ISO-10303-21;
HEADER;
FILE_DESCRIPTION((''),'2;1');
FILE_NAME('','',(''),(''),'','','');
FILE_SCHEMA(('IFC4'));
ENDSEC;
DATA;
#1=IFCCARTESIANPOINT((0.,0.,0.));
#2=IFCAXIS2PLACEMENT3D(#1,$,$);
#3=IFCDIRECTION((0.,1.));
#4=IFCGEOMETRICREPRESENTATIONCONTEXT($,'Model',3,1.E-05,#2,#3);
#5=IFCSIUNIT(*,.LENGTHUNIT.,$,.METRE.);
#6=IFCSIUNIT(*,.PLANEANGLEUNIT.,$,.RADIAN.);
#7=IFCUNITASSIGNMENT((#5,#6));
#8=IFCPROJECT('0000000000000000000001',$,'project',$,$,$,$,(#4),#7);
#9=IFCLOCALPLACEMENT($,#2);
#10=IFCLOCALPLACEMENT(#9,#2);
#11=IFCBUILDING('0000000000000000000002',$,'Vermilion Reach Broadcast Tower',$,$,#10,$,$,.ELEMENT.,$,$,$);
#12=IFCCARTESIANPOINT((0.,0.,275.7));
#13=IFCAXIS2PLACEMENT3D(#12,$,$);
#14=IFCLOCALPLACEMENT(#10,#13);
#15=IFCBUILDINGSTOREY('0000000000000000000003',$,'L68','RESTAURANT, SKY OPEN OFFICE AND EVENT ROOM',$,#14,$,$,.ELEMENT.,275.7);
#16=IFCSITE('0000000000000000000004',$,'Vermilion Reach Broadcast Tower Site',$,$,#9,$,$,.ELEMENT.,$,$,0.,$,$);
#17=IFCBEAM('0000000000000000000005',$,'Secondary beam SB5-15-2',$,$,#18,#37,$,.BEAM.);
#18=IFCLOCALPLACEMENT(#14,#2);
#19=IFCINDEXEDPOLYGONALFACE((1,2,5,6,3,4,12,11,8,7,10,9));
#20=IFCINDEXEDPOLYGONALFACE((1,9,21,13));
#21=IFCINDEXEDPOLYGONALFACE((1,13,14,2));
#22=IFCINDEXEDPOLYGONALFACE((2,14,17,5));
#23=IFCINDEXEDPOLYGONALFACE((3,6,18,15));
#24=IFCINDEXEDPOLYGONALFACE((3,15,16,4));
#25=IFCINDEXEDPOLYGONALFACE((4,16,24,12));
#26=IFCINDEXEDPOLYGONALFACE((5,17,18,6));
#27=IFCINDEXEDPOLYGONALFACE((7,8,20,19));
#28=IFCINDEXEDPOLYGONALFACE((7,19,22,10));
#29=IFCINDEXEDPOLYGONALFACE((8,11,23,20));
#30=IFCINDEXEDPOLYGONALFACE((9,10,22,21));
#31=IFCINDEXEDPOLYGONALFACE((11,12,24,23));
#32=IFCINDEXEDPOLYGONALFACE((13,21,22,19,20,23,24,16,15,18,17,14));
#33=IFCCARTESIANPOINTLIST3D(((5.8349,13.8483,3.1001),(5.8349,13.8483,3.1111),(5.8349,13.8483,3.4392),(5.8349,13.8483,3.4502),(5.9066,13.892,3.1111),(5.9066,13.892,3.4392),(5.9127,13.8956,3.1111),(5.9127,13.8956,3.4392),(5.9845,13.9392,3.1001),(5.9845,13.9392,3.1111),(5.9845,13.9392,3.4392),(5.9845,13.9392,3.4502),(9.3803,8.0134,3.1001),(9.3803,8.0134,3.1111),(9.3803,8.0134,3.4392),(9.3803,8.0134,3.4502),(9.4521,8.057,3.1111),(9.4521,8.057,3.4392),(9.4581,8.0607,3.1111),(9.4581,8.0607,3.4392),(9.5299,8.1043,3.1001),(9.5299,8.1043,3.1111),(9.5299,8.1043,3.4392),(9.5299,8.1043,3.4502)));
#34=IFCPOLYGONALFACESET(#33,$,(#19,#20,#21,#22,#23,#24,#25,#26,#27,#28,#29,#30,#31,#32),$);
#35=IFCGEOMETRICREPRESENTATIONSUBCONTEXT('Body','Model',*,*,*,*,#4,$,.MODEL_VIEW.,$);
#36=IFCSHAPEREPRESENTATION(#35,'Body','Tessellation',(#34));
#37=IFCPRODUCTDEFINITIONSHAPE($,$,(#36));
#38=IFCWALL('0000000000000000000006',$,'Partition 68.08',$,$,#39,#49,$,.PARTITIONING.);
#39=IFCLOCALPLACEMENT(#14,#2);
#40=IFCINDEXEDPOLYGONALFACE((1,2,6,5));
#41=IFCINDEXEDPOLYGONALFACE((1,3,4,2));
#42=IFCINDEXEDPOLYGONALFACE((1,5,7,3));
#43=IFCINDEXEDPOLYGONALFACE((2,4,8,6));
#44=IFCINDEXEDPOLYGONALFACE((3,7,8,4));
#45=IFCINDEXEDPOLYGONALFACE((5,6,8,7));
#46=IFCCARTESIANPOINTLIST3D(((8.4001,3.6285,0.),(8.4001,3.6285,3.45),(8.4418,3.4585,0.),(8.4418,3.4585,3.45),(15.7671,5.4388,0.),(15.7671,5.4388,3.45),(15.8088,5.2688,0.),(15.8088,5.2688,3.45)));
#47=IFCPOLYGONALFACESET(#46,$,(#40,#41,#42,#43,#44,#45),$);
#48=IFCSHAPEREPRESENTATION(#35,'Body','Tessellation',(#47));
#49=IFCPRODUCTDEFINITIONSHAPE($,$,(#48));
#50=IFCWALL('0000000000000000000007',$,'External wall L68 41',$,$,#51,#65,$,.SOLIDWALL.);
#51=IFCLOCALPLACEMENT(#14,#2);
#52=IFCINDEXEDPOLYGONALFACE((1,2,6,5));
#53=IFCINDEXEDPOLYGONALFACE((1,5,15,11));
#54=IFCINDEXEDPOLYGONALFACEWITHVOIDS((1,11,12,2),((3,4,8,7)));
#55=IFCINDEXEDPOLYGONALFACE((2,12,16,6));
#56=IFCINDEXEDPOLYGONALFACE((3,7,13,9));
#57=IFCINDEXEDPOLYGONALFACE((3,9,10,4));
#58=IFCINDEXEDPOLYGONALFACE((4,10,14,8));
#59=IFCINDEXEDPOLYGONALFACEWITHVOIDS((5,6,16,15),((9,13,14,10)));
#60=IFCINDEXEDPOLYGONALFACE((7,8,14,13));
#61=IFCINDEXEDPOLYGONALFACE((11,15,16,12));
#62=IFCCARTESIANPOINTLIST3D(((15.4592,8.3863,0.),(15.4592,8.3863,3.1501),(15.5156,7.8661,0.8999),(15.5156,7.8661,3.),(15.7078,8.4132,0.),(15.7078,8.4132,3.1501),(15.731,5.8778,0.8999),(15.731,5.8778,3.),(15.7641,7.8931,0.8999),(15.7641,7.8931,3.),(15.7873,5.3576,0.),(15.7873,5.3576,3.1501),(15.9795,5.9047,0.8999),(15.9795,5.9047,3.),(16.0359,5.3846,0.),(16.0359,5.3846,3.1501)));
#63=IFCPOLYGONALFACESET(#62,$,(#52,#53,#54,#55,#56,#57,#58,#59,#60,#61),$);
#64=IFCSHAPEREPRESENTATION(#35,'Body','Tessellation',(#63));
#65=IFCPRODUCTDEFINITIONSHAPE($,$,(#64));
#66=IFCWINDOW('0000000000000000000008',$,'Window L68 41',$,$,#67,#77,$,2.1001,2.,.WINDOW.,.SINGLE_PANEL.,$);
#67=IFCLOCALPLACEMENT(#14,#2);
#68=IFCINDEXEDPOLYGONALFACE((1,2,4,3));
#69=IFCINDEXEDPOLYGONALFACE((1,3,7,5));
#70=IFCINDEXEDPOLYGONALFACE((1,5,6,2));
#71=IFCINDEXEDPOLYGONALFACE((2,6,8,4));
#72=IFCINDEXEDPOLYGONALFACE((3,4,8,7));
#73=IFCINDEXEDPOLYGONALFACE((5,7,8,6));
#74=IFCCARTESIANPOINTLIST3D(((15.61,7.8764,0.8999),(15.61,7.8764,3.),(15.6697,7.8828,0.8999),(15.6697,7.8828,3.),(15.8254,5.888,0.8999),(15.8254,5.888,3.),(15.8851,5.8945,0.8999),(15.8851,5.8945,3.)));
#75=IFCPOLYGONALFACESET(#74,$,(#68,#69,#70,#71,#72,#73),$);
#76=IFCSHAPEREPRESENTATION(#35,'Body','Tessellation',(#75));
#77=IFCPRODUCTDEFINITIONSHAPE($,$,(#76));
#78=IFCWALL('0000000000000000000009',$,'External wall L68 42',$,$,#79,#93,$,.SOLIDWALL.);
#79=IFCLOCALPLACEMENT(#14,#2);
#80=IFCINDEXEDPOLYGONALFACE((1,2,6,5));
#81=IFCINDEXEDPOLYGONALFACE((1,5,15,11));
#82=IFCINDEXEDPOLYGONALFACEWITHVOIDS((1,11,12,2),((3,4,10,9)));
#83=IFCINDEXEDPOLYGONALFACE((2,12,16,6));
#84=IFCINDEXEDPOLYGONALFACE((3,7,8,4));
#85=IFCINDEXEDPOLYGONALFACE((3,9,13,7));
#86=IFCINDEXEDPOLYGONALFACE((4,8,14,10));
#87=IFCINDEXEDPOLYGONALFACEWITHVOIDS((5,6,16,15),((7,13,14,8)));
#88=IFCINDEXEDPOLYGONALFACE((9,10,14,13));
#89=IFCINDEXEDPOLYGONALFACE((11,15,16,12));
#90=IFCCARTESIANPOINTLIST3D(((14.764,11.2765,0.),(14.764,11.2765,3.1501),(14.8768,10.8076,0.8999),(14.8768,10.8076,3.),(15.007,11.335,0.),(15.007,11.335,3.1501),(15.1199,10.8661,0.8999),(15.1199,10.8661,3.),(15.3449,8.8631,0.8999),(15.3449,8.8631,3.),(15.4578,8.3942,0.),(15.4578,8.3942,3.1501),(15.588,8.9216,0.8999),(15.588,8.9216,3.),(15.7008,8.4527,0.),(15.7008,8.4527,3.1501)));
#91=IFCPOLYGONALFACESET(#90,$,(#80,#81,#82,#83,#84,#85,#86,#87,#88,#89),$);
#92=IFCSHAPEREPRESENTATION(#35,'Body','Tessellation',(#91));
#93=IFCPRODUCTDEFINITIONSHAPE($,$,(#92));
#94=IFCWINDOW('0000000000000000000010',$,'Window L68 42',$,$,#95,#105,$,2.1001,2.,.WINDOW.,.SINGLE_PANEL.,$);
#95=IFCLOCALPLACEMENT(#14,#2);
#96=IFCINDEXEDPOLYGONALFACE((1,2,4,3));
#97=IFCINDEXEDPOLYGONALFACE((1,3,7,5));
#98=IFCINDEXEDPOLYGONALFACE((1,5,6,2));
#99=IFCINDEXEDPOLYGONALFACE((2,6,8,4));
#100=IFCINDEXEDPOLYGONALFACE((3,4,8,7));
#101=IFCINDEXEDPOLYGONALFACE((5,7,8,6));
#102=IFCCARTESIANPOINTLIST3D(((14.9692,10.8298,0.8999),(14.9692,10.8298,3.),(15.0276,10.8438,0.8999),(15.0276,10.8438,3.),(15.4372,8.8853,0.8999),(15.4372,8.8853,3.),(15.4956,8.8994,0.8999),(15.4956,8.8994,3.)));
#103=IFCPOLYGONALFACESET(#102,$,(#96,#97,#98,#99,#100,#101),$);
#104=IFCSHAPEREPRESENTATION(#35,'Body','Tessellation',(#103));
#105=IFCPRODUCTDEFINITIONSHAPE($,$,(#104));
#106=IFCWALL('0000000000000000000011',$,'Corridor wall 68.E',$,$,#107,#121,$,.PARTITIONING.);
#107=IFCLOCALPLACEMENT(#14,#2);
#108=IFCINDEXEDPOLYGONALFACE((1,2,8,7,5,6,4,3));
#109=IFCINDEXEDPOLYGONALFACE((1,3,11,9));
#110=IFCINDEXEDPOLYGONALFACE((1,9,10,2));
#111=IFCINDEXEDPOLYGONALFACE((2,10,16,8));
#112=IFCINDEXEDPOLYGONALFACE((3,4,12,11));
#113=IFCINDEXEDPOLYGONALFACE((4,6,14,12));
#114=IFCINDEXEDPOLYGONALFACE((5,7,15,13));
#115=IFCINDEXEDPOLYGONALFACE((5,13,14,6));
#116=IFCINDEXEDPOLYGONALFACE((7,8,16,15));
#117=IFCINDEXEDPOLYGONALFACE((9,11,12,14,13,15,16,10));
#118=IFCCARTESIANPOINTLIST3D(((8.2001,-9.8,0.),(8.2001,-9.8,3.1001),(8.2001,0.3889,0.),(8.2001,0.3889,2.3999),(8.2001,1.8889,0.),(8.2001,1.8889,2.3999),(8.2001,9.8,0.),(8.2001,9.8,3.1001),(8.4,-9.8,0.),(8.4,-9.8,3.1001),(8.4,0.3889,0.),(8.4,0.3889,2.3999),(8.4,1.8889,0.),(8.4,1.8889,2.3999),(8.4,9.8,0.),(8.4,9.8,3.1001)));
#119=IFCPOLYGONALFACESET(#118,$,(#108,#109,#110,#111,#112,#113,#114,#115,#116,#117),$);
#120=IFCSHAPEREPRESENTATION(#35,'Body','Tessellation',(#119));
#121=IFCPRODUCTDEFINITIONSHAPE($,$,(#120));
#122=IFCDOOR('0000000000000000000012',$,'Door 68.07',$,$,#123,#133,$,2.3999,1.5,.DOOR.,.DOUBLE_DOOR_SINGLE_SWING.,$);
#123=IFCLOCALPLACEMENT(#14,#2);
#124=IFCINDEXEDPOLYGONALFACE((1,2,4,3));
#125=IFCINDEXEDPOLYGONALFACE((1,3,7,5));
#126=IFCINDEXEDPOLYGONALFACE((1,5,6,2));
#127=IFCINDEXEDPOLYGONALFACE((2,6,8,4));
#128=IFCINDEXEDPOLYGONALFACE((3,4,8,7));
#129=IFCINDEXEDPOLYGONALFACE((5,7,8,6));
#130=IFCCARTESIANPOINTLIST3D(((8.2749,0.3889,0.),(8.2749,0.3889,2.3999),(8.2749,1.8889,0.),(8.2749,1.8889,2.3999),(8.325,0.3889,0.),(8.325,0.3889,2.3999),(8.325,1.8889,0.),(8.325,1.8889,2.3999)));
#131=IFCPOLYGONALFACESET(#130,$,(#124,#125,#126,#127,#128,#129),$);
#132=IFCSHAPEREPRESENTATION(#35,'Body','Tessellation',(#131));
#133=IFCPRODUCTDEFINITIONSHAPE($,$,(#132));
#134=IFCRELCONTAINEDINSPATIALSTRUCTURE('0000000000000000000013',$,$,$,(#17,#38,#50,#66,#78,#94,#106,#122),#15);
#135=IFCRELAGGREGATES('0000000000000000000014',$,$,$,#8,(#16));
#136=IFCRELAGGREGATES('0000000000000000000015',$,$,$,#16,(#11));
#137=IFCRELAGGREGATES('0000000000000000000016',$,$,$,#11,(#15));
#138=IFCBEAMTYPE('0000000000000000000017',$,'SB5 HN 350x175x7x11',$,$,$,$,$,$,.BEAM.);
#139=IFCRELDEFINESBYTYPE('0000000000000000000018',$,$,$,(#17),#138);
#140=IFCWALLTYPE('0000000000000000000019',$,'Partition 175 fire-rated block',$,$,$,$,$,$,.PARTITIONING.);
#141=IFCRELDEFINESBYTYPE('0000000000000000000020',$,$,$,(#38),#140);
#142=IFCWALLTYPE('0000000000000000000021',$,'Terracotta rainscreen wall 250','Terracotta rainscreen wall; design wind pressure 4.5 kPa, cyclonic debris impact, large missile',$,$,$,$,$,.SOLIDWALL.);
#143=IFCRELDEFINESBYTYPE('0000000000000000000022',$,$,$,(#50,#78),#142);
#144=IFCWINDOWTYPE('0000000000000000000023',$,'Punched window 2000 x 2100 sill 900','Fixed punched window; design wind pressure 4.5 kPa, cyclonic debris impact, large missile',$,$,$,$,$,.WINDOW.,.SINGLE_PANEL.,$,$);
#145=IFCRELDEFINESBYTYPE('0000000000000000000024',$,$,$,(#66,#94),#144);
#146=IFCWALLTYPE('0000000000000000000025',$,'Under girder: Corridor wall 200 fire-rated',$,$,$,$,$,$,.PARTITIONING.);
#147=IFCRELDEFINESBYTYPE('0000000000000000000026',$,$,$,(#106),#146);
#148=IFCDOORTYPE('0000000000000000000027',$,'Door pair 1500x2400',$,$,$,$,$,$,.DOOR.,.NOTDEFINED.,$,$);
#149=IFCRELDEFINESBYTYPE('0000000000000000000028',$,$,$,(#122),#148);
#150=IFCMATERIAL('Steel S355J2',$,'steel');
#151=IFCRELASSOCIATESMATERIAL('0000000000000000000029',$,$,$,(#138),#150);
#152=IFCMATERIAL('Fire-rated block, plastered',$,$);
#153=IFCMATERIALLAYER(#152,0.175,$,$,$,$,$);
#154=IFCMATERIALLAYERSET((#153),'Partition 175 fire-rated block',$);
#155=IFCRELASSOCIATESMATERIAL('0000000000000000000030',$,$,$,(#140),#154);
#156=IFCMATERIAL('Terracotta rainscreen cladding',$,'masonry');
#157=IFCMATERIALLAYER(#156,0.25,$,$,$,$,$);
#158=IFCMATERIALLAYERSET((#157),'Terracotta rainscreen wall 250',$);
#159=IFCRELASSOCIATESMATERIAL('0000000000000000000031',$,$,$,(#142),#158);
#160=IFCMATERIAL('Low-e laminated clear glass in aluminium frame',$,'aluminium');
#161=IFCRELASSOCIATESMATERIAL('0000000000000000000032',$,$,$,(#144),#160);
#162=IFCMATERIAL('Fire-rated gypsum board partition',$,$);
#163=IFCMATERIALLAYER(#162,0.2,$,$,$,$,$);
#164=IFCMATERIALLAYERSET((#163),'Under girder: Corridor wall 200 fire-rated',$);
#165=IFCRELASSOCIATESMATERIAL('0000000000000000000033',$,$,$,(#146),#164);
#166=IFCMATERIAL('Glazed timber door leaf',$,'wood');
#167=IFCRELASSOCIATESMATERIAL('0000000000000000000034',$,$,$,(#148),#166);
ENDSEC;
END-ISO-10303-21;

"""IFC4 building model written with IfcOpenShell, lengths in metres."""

from ifc_helpers import new_model, si_unit, direction, frame, frame_2d, origin, origin_2d, place, context, subcontext, project, spatial, rectangle, i_section, extrude, material, layer, layer_set, material_profile, profile_set, type_object, element, fill, save


model = new_model("IFC4")

# Units and contexts
model_context = context("Model", 3, precision=1e-05, world=origin(), true_north=direction((0.0, 1.0)))
body_context = subcontext(model_context, "Body", "Model", "MODEL_VIEW")
ifc_project = project(units=[si_unit("LENGTHUNIT", "METRE"), si_unit("PLANEANGLEUNIT", "RADIAN")], contexts=[model_context])

# Site, building, storey
site_placement = place(None, origin())
site = spatial("IfcSite", under=ifc_project, at=site_placement, Name="Vermilion Reach Broadcast Tower Site", CompositionType="ELEMENT", RefElevation=0.0)
building_placement = place(site_placement, origin())
building = spatial("IfcBuilding", under=site, at=building_placement, Name="Vermilion Reach Broadcast Tower", CompositionType="ELEMENT")
storey_placement = place(building_placement, frame((0.0, 0.0, 275.7)))
storey = spatial("IfcBuildingStorey", under=building, at=storey_placement, Name="L68", Description="RESTAURANT, SKY OPEN OFFICE AND EVENT ROOM", CompositionType="ELEMENT", Elevation=275.7)

# Beam
ifc_material_1 = material(Name="Steel S355J2", Category="steel")
ifc_material_profile_1 = material_profile(ifc_material_1, i_section(OverallWidth=0.175, OverallDepth=0.3501, WebThickness=0.0071, FlangeThickness=0.011, at=origin_2d()), Name="S355J2 HN 350x175x7x11")
ifc_profile_set_1 = profile_set([ifc_material_profile_1], Name="Steel S355J2")
beam_type_1 = type_object("IfcBeamType", Name="SB5 HN 350x175x7x11", PredefinedType="BEAM", material=ifc_profile_set_1)
beam_1_placement = place(storey_placement, frame((9.4551, 8.0588, 3.2751), z_axis=(-0.519273, 0.854608, 0.0), x_axis=(-0.854608, -0.519273, 0.0)))
element("IfcBeam", 1, at=beam_1_placement, inside=storey, type_object=beam_type_1, Name="Secondary beam SB5-15-2", PredefinedType="BEAM", context=body_context, shape_type="SweptSolid", body=[
    extrude(i_section(OverallWidth=0.175, OverallDepth=0.3501, WebThickness=0.0071, FlangeThickness=0.011, at=origin_2d()), origin(), (0.0, 0.0, 1.0), 6.8276),
])

# Wall
ifc_material_2 = material(Name="Fire-rated block, plastered")
ifc_layer_1 = layer(ifc_material_2, 0.175)
ifc_layer_set_1 = layer_set([ifc_layer_1], Name="Partition 175 fire-rated block")
wall_type_1 = type_object("IfcWallType", Name="Partition 175 fire-rated block", PredefinedType="PARTITIONING", material=ifc_layer_set_1)
wall_1_placement = place(storey_placement, frame((15.7878, 5.3538, 0.0), z_axis=(0.0, 0.0, 1.0), x_axis=(-0.97111, -0.238634, 0.0)))
element("IfcWall", 2, at=wall_1_placement, inside=storey, type_object=wall_type_1, Name="Partition 68.08", PredefinedType="PARTITIONING", context=body_context, shape_type="SweptSolid", body=[
    extrude(rectangle(XDim=7.5862, YDim=0.175, at=frame_2d((3.793, 0.0))), origin(), (0.0, 0.0, 1.0), 3.45),
])

# Shared definitions
ifc_material_3 = material(Name="Terracotta rainscreen cladding", Category="masonry")
ifc_layer_2 = layer(ifc_material_3, 0.25)
ifc_layer_set_2 = layer_set([ifc_layer_2], Name="Terracotta rainscreen wall 250")
wall_type_2 = type_object("IfcWallType", Name="Terracotta rainscreen wall 250", Description="Terracotta rainscreen wall; design wind pressure 4.5 kPa, cyclonic debris impact, large missile", PredefinedType="SOLIDWALL", material=ifc_layer_set_2)

# Walls, openings, windows
wall_2_placement = place(storey_placement, frame((15.9116, 5.3711, 0.0), z_axis=(0.0, 0.0, 1.0), x_axis=(-0.107713, 0.994182, 0.0)))
wall_2 = element("IfcWall", 3, at=wall_2_placement, inside=storey, type_object=wall_type_2, Name="External wall L68 41", PredefinedType="SOLIDWALL", context=body_context, shape_type="SweptSolid", body=[
    extrude(rectangle(XDim=3.0464, YDim=0.25, at=frame_2d((1.5232, 0.0))), origin(), (0.0, 0.0, 1.0), 3.1501),
])
opening_1_placement = place(wall_2_placement, frame((0.5232, 0.0, 0.8999)))
opening_1 = element("IfcOpeningElement", 4, at=opening_1_placement, cuts=wall_2, PredefinedType="OPENING", context=body_context, shape_type="SweptSolid", body=[
    extrude(rectangle(XDim=2.0, YDim=2.1001, at=frame_2d((1.0, 1.05))), frame((0.0, 0.135, 0.0), z_axis=(0.0, -1.0, 0.0), x_axis=(1.0, 0.0, 0.0)), (0.0, 0.0, 1.0), 0.27),
])
ifc_material_4 = material(Name="Low-e laminated clear glass in aluminium frame", Category="aluminium")
window_type = type_object("IfcWindowType", Name="Punched window 2000 x 2100 sill 900", Description="Fixed punched window; design wind pressure 4.5 kPa, cyclonic debris impact, large missile", PartitioningType="SINGLE_PANEL", PredefinedType="WINDOW", material=ifc_material_4)
window_1_placement = place(opening_1_placement, origin())
window_1 = element("IfcWindow", 5, at=window_1_placement, inside=storey, type_object=window_type, Name="Window L68 41", OverallHeight=2.1001, OverallWidth=2.0, PartitioningType="SINGLE_PANEL", PredefinedType="WINDOW", context=body_context, shape_type="SweptSolid", body=[
    extrude(rectangle(XDim=2.0, YDim=2.1001, at=frame_2d((1.0, 1.05))), frame((0.0, 0.03, 0.0), z_axis=(0.0, -1.0, 0.0), x_axis=(1.0, 0.0, 0.0)), (0.0, 0.0, 1.0), 0.0601),
])
fill(opening_1, window_1)
wall_3_placement = place(storey_placement, frame((15.5793, 8.4233, 0.0), z_axis=(0.0, 0.0, 1.0), x_axis=(-0.234039, 0.972227, 0.0)))
wall_3 = element("IfcWall", 6, at=wall_3_placement, inside=storey, type_object=wall_type_2, Name="External wall L68 42", PredefinedType="SOLIDWALL", context=body_context, shape_type="SweptSolid", body=[
    extrude(rectangle(XDim=2.9646, YDim=0.25, at=frame_2d((1.4824, 0.0))), origin(), (0.0, 0.0, 1.0), 3.1501),
])
opening_2_placement = place(wall_3_placement, frame((0.4824, 0.0, 0.8999)))
opening_2 = element("IfcOpeningElement", 7, at=opening_2_placement, cuts=wall_3, PredefinedType="OPENING", context=body_context, shape_type="SweptSolid", body=[
    extrude(rectangle(XDim=2.0, YDim=2.1001, at=frame_2d((1.0, 1.05))), frame((0.0, 0.135, 0.0), z_axis=(0.0, -1.0, 0.0), x_axis=(1.0, 0.0, 0.0)), (0.0, 0.0, 1.0), 0.27),
])
window_2_placement = place(opening_2_placement, origin())
window_2 = element("IfcWindow", 8, at=window_2_placement, inside=storey, type_object=window_type, Name="Window L68 42", OverallHeight=2.1001, OverallWidth=2.0, PartitioningType="SINGLE_PANEL", PredefinedType="WINDOW", context=body_context, shape_type="SweptSolid", body=[
    extrude(rectangle(XDim=2.0, YDim=2.1001, at=frame_2d((1.0, 1.05))), frame((0.0, 0.03, 0.0), z_axis=(0.0, -1.0, 0.0), x_axis=(1.0, 0.0, 0.0)), (0.0, 0.0, 1.0), 0.0601),
])
fill(opening_2, window_2)

# Wall, opening, door
ifc_material_5 = material(Name="Fire-rated gypsum board partition")
ifc_layer_3 = layer(ifc_material_5, 0.2)
ifc_layer_set_3 = layer_set([ifc_layer_3], Name="Under girder: Corridor wall 200 fire-rated")
wall_type_3 = type_object("IfcWallType", Name="Under girder: Corridor wall 200 fire-rated", PredefinedType="PARTITIONING", material=ifc_layer_set_3)
wall_4_placement = place(storey_placement, frame((8.3, 9.8, 0.0), z_axis=(0.0, 0.0, 1.0), x_axis=(0.0, -1.0, 0.0)))
wall_4 = element("IfcWall", 9, at=wall_4_placement, inside=storey, type_object=wall_type_3, Name="Corridor wall 68.E", PredefinedType="PARTITIONING", context=body_context, shape_type="SweptSolid", body=[
    extrude(rectangle(XDim=19.6001, YDim=0.2, at=frame_2d((9.8, 0.0))), origin(), (0.0, 0.0, 1.0), 3.1001),
])
opening_3_placement = place(wall_4_placement, frame((7.9111, 0.0, 0.0)))
opening_3 = element("IfcOpeningElement", 10, at=opening_3_placement, cuts=wall_4, PredefinedType="OPENING", context=body_context, shape_type="SweptSolid", body=[
    extrude(rectangle(XDim=1.5, YDim=2.3999, at=frame_2d((0.75, 1.2))), frame((0.0, 0.1099, 0.0), z_axis=(0.0, -1.0, 0.0), x_axis=(1.0, 0.0, 0.0)), (0.0, 0.0, 1.0), 0.22),
])
ifc_material_6 = material(Name="Glazed timber door leaf", Category="wood")
door_type_1 = type_object("IfcDoorType", Name="Door pair 1500x2400", OperationType="NOTDEFINED", PredefinedType="DOOR", material=ifc_material_6)
door_1_placement = place(opening_3_placement, origin())
door_1 = element("IfcDoor", 11, at=door_1_placement, inside=storey, type_object=door_type_1, Name="Door 68.07", OperationType="DOUBLE_DOOR_SINGLE_SWING", OverallHeight=2.3999, OverallWidth=1.5, PredefinedType="DOOR", context=body_context, shape_type="SweptSolid", body=[
    extrude(rectangle(XDim=1.5, YDim=2.3999, at=frame_2d((0.75, 1.2))), frame((0.0, 0.0249, 0.0), z_axis=(0.0, -1.0, 0.0), x_axis=(1.0, 0.0, 0.0)), (0.0, 0.0, 1.0), 0.05),
])
fill(opening_3, door_1)

save(model, "model.ifc")
